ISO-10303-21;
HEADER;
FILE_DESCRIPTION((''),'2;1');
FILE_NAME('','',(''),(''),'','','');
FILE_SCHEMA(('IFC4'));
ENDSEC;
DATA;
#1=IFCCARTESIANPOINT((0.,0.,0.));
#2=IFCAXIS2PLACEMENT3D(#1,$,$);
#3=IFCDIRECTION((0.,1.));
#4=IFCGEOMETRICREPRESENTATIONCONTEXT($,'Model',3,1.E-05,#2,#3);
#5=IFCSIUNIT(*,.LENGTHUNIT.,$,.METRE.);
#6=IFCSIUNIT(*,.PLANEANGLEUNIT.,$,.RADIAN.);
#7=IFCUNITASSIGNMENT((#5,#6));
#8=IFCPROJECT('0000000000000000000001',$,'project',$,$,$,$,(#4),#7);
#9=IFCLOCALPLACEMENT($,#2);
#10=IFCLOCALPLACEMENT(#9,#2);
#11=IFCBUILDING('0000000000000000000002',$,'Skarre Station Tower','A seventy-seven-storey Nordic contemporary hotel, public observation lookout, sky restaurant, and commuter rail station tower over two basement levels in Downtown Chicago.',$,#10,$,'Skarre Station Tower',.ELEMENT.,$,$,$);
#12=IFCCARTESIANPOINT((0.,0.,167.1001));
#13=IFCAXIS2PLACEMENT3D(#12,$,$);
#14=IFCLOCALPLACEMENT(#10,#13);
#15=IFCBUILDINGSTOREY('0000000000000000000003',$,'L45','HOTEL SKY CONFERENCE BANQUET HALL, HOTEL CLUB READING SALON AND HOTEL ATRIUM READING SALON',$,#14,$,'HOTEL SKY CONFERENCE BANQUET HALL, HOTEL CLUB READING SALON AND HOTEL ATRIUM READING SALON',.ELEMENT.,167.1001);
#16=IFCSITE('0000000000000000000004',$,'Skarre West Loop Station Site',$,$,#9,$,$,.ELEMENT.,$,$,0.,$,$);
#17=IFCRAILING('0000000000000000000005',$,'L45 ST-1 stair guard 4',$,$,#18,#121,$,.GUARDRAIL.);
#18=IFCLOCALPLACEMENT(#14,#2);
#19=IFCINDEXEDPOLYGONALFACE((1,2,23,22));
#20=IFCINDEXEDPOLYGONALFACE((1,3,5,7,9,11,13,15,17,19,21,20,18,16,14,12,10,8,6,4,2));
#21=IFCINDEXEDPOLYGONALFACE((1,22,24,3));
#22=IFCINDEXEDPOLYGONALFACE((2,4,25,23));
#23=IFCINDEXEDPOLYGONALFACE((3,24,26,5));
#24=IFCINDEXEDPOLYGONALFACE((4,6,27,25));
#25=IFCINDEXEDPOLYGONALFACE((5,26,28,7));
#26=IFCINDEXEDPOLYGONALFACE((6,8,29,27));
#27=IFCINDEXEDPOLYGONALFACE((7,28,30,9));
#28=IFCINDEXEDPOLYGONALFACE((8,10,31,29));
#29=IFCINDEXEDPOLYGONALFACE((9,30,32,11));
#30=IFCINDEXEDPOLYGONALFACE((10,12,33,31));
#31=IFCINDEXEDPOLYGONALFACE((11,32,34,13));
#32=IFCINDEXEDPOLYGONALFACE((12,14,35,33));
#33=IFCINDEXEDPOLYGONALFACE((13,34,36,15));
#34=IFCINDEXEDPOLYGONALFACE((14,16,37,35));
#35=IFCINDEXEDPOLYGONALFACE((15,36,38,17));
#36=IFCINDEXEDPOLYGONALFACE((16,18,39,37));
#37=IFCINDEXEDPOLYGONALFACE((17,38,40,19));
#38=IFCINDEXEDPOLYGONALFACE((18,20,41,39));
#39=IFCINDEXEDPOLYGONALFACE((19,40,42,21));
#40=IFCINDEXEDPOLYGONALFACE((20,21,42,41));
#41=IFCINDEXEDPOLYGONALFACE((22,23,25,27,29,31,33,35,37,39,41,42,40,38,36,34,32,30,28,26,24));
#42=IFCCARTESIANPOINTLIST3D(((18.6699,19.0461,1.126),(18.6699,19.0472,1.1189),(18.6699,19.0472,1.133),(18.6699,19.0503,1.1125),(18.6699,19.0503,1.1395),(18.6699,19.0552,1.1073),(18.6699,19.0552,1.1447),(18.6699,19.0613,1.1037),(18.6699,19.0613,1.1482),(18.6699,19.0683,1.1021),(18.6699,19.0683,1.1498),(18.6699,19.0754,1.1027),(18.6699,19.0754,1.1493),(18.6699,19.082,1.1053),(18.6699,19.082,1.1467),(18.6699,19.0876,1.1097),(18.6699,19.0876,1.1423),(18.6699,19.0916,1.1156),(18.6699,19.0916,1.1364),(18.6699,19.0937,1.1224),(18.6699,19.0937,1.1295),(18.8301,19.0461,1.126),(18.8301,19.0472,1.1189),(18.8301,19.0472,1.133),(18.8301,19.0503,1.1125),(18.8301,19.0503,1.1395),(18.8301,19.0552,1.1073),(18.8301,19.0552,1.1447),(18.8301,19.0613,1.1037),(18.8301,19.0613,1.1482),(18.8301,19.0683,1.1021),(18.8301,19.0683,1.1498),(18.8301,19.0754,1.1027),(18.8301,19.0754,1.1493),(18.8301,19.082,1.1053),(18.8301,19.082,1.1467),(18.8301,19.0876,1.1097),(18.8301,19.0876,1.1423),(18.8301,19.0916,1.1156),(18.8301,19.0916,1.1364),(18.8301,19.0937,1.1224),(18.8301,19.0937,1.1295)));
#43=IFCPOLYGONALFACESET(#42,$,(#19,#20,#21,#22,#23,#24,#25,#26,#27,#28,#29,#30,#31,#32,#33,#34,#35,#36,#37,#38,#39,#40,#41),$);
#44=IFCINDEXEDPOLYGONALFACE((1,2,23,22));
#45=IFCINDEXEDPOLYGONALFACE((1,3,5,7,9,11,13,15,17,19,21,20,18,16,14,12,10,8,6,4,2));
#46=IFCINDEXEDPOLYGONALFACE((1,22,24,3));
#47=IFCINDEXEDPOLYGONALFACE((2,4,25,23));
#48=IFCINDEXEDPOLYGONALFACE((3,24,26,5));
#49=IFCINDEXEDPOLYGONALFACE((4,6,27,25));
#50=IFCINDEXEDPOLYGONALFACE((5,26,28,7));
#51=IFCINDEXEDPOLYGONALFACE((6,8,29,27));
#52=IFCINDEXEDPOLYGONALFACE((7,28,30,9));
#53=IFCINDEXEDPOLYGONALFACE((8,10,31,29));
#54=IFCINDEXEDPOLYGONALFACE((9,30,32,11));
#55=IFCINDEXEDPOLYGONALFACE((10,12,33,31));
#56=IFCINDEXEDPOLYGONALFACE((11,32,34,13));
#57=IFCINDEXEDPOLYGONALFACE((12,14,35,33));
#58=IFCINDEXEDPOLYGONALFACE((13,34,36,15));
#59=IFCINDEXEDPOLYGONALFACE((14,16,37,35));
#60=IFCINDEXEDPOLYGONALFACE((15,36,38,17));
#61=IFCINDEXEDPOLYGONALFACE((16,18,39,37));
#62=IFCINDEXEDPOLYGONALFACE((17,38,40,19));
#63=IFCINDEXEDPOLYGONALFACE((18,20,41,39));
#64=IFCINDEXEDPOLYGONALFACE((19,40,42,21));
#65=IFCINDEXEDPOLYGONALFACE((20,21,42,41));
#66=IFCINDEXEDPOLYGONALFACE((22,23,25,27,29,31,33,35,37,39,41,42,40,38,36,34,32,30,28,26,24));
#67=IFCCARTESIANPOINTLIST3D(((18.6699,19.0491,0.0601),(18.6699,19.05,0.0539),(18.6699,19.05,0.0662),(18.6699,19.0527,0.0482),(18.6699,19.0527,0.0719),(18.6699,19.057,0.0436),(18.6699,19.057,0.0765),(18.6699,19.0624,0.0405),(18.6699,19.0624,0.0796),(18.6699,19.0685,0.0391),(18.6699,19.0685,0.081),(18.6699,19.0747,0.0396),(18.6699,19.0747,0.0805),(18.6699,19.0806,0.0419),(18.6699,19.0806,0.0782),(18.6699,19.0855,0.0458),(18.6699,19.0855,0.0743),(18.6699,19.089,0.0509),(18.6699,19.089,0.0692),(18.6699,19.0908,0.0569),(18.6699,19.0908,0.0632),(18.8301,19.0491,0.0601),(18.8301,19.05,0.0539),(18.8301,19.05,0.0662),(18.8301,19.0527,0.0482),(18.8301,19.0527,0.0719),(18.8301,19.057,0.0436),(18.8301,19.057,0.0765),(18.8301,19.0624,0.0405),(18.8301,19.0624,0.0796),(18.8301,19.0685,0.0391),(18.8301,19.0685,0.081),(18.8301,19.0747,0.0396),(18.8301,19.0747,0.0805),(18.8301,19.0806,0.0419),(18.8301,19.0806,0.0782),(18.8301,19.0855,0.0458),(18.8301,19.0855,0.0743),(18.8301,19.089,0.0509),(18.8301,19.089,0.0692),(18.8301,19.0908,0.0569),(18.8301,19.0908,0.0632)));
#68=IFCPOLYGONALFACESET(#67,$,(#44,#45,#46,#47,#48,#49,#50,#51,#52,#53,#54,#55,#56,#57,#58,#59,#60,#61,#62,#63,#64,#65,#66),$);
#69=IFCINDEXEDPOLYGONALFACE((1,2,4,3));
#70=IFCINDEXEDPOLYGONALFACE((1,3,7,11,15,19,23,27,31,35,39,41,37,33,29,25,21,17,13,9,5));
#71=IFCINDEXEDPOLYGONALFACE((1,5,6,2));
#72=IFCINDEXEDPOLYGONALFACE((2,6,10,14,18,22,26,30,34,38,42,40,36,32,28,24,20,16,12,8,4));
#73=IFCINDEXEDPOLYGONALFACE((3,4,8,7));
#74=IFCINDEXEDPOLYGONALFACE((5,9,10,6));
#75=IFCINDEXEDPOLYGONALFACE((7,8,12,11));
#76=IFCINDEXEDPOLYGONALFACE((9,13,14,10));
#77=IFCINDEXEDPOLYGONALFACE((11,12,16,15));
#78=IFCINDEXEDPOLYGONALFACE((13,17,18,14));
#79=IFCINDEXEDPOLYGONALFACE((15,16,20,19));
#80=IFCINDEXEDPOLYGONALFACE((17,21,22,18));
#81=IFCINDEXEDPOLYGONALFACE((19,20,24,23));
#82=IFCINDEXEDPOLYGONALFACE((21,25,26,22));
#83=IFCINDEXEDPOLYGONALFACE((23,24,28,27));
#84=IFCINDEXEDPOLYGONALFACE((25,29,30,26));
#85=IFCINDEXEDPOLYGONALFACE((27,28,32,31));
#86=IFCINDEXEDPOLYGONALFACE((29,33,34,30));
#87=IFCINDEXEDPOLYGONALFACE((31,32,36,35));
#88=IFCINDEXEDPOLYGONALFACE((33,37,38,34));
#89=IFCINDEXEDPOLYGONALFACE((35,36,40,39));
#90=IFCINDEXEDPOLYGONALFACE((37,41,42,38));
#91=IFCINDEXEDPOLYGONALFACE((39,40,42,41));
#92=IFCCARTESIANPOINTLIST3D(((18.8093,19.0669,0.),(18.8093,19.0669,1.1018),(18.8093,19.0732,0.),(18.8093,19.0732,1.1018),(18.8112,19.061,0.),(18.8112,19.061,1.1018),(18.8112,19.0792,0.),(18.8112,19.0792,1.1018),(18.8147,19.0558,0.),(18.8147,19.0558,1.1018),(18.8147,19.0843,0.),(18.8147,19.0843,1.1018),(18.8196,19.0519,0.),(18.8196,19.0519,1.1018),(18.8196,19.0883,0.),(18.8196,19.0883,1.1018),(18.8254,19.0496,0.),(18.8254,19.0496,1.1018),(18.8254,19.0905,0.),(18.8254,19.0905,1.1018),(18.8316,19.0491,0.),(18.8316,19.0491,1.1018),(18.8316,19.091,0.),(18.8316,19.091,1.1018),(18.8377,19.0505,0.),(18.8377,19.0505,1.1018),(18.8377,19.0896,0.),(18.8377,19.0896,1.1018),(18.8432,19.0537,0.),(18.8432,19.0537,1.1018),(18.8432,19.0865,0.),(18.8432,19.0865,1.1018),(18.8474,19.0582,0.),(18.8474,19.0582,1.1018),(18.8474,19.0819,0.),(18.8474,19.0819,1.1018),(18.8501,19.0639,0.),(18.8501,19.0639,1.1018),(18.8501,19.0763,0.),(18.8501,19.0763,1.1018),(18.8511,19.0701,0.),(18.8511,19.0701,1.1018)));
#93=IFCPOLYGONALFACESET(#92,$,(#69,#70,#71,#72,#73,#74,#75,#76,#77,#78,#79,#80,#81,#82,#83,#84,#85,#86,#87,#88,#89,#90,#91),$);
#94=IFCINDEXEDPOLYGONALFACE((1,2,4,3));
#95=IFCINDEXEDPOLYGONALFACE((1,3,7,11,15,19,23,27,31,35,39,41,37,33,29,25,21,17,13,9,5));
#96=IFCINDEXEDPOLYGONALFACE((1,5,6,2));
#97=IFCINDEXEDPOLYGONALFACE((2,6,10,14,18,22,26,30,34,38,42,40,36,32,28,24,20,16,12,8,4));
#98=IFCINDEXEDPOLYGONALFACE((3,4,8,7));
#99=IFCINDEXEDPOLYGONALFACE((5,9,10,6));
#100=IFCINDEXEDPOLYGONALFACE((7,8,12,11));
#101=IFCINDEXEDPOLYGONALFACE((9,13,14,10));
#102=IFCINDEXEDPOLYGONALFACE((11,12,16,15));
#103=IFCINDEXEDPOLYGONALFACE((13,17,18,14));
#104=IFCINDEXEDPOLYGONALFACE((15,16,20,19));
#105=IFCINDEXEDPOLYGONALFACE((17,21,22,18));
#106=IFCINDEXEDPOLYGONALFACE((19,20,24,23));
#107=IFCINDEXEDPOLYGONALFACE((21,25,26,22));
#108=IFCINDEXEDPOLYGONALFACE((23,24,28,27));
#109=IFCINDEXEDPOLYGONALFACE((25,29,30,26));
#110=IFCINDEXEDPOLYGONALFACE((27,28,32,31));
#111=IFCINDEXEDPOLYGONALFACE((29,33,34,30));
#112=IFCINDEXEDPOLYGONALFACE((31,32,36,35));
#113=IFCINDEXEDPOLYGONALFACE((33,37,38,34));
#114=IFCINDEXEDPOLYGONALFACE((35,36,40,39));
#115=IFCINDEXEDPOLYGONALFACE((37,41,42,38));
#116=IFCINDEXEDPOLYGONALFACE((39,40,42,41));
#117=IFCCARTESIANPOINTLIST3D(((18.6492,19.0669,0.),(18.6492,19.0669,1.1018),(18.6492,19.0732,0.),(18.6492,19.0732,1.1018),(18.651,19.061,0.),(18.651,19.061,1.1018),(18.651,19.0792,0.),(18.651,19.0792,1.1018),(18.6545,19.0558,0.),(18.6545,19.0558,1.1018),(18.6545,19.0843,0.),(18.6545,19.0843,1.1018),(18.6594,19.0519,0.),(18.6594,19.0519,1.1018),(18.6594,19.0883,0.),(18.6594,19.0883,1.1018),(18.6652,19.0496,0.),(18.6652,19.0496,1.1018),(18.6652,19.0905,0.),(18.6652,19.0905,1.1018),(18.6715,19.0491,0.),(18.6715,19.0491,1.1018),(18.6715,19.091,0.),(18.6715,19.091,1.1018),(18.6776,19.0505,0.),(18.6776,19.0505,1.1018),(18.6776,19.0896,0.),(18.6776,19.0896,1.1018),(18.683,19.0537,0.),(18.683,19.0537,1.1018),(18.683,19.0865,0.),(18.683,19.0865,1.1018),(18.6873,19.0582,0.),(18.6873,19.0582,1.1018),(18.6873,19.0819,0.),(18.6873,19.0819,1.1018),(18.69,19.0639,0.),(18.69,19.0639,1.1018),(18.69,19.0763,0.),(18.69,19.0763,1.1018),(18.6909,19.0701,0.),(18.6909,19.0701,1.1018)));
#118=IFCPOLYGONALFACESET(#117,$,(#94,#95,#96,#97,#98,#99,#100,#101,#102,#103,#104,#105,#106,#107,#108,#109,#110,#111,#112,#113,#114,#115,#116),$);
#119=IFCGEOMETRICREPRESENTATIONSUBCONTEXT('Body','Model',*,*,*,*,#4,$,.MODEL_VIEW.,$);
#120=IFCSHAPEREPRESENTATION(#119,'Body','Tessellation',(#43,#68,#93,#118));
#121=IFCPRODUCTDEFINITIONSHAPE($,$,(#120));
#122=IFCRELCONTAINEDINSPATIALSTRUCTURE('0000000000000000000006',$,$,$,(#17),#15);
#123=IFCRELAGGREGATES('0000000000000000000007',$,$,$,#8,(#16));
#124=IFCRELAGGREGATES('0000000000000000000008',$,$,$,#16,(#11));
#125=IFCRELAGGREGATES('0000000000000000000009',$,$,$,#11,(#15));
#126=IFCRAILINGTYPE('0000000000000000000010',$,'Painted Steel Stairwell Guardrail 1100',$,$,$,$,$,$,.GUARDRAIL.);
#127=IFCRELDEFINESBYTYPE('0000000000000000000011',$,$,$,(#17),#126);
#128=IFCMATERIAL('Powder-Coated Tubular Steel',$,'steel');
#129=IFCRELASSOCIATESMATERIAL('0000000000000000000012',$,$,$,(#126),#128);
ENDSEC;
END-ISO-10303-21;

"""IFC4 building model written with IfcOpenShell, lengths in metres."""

from ifc_helpers import new_model, si_unit, direction, frame, origin, origin_2d, place, context, subcontext, project, spatial, circle, extrude, material, type_object, element, save


model = new_model("IFC4")

# Units and contexts
model_context = context("Model", 3, precision=1e-05, world=origin(), true_north=direction((0.0, 1.0)))
body_context = subcontext(model_context, "Body", "Model", "MODEL_VIEW")
ifc_project = project(units=[si_unit("LENGTHUNIT", "METRE"), si_unit("PLANEANGLEUNIT", "RADIAN")], contexts=[model_context])

# Site, building, storey
site_placement = place(None, origin())
site = spatial("IfcSite", under=ifc_project, at=site_placement, Name="Skarre West Loop Station Site", CompositionType="ELEMENT", RefElevation=0.0)
building_placement = place(site_placement, origin())
building = spatial("IfcBuilding", under=site, at=building_placement, Name="Skarre Station Tower", Description="A seventy-seven-storey Nordic contemporary hotel, public observation lookout, sky restaurant, and commuter rail station tower over two basement levels in Downtown Chicago.", LongName="Skarre Station Tower", CompositionType="ELEMENT")
storey_placement = place(building_placement, frame((0.0, 0.0, 167.1001)))
storey = spatial("IfcBuildingStorey", under=building, at=storey_placement, Name="L45", Description="HOTEL SKY CONFERENCE BANQUET HALL, HOTEL CLUB READING SALON AND HOTEL ATRIUM READING SALON", LongName="HOTEL SKY CONFERENCE BANQUET HALL, HOTEL CLUB READING SALON AND HOTEL ATRIUM READING SALON", CompositionType="ELEMENT", Elevation=167.1001)

# Railing
ifc_material_1 = material(Name="Powder-Coated Tubular Steel", Category="steel")
railing_type_1 = type_object("IfcRailingType", Name="Painted Steel Stairwell Guardrail 1100", PredefinedType="GUARDRAIL", material=ifc_material_1)
railing_1_placement = place(storey_placement, frame((18.8301, 19.0701, 0.0)))
element("IfcRailing", 1, at=railing_1_placement, inside=storey, type_object=railing_type_1, Name="L45 ST-1 stair guard 4", PredefinedType="GUARDRAIL", context=body_context, shape_type="SweptSolid", body=[
    extrude(circle(Radius=0.0239, at=origin_2d()), frame((0.0, 0.0, 1.126), z_axis=(-1.0, 0.0, 0.0), x_axis=(0.0, -1.0, 0.0)), (0.0, 0.0, 1.0), 0.1602),
    extrude(circle(Radius=0.021, at=origin_2d()), frame((0.0, 0.0, 0.0601), z_axis=(-1.0, 0.0, 0.0), x_axis=(0.0, -1.0, 0.0)), (0.0, 0.0, 1.0), 0.1602),
    extrude(circle(Radius=0.021, at=origin_2d()), origin(), (0.0, 0.0, 1.0), 1.1018),
    extrude(circle(Radius=0.021, at=origin_2d()), frame((-0.1602, 0.0, 0.0)), (0.0, 0.0, 1.0), 1.1018),
])

save(model, "model.ifc")
